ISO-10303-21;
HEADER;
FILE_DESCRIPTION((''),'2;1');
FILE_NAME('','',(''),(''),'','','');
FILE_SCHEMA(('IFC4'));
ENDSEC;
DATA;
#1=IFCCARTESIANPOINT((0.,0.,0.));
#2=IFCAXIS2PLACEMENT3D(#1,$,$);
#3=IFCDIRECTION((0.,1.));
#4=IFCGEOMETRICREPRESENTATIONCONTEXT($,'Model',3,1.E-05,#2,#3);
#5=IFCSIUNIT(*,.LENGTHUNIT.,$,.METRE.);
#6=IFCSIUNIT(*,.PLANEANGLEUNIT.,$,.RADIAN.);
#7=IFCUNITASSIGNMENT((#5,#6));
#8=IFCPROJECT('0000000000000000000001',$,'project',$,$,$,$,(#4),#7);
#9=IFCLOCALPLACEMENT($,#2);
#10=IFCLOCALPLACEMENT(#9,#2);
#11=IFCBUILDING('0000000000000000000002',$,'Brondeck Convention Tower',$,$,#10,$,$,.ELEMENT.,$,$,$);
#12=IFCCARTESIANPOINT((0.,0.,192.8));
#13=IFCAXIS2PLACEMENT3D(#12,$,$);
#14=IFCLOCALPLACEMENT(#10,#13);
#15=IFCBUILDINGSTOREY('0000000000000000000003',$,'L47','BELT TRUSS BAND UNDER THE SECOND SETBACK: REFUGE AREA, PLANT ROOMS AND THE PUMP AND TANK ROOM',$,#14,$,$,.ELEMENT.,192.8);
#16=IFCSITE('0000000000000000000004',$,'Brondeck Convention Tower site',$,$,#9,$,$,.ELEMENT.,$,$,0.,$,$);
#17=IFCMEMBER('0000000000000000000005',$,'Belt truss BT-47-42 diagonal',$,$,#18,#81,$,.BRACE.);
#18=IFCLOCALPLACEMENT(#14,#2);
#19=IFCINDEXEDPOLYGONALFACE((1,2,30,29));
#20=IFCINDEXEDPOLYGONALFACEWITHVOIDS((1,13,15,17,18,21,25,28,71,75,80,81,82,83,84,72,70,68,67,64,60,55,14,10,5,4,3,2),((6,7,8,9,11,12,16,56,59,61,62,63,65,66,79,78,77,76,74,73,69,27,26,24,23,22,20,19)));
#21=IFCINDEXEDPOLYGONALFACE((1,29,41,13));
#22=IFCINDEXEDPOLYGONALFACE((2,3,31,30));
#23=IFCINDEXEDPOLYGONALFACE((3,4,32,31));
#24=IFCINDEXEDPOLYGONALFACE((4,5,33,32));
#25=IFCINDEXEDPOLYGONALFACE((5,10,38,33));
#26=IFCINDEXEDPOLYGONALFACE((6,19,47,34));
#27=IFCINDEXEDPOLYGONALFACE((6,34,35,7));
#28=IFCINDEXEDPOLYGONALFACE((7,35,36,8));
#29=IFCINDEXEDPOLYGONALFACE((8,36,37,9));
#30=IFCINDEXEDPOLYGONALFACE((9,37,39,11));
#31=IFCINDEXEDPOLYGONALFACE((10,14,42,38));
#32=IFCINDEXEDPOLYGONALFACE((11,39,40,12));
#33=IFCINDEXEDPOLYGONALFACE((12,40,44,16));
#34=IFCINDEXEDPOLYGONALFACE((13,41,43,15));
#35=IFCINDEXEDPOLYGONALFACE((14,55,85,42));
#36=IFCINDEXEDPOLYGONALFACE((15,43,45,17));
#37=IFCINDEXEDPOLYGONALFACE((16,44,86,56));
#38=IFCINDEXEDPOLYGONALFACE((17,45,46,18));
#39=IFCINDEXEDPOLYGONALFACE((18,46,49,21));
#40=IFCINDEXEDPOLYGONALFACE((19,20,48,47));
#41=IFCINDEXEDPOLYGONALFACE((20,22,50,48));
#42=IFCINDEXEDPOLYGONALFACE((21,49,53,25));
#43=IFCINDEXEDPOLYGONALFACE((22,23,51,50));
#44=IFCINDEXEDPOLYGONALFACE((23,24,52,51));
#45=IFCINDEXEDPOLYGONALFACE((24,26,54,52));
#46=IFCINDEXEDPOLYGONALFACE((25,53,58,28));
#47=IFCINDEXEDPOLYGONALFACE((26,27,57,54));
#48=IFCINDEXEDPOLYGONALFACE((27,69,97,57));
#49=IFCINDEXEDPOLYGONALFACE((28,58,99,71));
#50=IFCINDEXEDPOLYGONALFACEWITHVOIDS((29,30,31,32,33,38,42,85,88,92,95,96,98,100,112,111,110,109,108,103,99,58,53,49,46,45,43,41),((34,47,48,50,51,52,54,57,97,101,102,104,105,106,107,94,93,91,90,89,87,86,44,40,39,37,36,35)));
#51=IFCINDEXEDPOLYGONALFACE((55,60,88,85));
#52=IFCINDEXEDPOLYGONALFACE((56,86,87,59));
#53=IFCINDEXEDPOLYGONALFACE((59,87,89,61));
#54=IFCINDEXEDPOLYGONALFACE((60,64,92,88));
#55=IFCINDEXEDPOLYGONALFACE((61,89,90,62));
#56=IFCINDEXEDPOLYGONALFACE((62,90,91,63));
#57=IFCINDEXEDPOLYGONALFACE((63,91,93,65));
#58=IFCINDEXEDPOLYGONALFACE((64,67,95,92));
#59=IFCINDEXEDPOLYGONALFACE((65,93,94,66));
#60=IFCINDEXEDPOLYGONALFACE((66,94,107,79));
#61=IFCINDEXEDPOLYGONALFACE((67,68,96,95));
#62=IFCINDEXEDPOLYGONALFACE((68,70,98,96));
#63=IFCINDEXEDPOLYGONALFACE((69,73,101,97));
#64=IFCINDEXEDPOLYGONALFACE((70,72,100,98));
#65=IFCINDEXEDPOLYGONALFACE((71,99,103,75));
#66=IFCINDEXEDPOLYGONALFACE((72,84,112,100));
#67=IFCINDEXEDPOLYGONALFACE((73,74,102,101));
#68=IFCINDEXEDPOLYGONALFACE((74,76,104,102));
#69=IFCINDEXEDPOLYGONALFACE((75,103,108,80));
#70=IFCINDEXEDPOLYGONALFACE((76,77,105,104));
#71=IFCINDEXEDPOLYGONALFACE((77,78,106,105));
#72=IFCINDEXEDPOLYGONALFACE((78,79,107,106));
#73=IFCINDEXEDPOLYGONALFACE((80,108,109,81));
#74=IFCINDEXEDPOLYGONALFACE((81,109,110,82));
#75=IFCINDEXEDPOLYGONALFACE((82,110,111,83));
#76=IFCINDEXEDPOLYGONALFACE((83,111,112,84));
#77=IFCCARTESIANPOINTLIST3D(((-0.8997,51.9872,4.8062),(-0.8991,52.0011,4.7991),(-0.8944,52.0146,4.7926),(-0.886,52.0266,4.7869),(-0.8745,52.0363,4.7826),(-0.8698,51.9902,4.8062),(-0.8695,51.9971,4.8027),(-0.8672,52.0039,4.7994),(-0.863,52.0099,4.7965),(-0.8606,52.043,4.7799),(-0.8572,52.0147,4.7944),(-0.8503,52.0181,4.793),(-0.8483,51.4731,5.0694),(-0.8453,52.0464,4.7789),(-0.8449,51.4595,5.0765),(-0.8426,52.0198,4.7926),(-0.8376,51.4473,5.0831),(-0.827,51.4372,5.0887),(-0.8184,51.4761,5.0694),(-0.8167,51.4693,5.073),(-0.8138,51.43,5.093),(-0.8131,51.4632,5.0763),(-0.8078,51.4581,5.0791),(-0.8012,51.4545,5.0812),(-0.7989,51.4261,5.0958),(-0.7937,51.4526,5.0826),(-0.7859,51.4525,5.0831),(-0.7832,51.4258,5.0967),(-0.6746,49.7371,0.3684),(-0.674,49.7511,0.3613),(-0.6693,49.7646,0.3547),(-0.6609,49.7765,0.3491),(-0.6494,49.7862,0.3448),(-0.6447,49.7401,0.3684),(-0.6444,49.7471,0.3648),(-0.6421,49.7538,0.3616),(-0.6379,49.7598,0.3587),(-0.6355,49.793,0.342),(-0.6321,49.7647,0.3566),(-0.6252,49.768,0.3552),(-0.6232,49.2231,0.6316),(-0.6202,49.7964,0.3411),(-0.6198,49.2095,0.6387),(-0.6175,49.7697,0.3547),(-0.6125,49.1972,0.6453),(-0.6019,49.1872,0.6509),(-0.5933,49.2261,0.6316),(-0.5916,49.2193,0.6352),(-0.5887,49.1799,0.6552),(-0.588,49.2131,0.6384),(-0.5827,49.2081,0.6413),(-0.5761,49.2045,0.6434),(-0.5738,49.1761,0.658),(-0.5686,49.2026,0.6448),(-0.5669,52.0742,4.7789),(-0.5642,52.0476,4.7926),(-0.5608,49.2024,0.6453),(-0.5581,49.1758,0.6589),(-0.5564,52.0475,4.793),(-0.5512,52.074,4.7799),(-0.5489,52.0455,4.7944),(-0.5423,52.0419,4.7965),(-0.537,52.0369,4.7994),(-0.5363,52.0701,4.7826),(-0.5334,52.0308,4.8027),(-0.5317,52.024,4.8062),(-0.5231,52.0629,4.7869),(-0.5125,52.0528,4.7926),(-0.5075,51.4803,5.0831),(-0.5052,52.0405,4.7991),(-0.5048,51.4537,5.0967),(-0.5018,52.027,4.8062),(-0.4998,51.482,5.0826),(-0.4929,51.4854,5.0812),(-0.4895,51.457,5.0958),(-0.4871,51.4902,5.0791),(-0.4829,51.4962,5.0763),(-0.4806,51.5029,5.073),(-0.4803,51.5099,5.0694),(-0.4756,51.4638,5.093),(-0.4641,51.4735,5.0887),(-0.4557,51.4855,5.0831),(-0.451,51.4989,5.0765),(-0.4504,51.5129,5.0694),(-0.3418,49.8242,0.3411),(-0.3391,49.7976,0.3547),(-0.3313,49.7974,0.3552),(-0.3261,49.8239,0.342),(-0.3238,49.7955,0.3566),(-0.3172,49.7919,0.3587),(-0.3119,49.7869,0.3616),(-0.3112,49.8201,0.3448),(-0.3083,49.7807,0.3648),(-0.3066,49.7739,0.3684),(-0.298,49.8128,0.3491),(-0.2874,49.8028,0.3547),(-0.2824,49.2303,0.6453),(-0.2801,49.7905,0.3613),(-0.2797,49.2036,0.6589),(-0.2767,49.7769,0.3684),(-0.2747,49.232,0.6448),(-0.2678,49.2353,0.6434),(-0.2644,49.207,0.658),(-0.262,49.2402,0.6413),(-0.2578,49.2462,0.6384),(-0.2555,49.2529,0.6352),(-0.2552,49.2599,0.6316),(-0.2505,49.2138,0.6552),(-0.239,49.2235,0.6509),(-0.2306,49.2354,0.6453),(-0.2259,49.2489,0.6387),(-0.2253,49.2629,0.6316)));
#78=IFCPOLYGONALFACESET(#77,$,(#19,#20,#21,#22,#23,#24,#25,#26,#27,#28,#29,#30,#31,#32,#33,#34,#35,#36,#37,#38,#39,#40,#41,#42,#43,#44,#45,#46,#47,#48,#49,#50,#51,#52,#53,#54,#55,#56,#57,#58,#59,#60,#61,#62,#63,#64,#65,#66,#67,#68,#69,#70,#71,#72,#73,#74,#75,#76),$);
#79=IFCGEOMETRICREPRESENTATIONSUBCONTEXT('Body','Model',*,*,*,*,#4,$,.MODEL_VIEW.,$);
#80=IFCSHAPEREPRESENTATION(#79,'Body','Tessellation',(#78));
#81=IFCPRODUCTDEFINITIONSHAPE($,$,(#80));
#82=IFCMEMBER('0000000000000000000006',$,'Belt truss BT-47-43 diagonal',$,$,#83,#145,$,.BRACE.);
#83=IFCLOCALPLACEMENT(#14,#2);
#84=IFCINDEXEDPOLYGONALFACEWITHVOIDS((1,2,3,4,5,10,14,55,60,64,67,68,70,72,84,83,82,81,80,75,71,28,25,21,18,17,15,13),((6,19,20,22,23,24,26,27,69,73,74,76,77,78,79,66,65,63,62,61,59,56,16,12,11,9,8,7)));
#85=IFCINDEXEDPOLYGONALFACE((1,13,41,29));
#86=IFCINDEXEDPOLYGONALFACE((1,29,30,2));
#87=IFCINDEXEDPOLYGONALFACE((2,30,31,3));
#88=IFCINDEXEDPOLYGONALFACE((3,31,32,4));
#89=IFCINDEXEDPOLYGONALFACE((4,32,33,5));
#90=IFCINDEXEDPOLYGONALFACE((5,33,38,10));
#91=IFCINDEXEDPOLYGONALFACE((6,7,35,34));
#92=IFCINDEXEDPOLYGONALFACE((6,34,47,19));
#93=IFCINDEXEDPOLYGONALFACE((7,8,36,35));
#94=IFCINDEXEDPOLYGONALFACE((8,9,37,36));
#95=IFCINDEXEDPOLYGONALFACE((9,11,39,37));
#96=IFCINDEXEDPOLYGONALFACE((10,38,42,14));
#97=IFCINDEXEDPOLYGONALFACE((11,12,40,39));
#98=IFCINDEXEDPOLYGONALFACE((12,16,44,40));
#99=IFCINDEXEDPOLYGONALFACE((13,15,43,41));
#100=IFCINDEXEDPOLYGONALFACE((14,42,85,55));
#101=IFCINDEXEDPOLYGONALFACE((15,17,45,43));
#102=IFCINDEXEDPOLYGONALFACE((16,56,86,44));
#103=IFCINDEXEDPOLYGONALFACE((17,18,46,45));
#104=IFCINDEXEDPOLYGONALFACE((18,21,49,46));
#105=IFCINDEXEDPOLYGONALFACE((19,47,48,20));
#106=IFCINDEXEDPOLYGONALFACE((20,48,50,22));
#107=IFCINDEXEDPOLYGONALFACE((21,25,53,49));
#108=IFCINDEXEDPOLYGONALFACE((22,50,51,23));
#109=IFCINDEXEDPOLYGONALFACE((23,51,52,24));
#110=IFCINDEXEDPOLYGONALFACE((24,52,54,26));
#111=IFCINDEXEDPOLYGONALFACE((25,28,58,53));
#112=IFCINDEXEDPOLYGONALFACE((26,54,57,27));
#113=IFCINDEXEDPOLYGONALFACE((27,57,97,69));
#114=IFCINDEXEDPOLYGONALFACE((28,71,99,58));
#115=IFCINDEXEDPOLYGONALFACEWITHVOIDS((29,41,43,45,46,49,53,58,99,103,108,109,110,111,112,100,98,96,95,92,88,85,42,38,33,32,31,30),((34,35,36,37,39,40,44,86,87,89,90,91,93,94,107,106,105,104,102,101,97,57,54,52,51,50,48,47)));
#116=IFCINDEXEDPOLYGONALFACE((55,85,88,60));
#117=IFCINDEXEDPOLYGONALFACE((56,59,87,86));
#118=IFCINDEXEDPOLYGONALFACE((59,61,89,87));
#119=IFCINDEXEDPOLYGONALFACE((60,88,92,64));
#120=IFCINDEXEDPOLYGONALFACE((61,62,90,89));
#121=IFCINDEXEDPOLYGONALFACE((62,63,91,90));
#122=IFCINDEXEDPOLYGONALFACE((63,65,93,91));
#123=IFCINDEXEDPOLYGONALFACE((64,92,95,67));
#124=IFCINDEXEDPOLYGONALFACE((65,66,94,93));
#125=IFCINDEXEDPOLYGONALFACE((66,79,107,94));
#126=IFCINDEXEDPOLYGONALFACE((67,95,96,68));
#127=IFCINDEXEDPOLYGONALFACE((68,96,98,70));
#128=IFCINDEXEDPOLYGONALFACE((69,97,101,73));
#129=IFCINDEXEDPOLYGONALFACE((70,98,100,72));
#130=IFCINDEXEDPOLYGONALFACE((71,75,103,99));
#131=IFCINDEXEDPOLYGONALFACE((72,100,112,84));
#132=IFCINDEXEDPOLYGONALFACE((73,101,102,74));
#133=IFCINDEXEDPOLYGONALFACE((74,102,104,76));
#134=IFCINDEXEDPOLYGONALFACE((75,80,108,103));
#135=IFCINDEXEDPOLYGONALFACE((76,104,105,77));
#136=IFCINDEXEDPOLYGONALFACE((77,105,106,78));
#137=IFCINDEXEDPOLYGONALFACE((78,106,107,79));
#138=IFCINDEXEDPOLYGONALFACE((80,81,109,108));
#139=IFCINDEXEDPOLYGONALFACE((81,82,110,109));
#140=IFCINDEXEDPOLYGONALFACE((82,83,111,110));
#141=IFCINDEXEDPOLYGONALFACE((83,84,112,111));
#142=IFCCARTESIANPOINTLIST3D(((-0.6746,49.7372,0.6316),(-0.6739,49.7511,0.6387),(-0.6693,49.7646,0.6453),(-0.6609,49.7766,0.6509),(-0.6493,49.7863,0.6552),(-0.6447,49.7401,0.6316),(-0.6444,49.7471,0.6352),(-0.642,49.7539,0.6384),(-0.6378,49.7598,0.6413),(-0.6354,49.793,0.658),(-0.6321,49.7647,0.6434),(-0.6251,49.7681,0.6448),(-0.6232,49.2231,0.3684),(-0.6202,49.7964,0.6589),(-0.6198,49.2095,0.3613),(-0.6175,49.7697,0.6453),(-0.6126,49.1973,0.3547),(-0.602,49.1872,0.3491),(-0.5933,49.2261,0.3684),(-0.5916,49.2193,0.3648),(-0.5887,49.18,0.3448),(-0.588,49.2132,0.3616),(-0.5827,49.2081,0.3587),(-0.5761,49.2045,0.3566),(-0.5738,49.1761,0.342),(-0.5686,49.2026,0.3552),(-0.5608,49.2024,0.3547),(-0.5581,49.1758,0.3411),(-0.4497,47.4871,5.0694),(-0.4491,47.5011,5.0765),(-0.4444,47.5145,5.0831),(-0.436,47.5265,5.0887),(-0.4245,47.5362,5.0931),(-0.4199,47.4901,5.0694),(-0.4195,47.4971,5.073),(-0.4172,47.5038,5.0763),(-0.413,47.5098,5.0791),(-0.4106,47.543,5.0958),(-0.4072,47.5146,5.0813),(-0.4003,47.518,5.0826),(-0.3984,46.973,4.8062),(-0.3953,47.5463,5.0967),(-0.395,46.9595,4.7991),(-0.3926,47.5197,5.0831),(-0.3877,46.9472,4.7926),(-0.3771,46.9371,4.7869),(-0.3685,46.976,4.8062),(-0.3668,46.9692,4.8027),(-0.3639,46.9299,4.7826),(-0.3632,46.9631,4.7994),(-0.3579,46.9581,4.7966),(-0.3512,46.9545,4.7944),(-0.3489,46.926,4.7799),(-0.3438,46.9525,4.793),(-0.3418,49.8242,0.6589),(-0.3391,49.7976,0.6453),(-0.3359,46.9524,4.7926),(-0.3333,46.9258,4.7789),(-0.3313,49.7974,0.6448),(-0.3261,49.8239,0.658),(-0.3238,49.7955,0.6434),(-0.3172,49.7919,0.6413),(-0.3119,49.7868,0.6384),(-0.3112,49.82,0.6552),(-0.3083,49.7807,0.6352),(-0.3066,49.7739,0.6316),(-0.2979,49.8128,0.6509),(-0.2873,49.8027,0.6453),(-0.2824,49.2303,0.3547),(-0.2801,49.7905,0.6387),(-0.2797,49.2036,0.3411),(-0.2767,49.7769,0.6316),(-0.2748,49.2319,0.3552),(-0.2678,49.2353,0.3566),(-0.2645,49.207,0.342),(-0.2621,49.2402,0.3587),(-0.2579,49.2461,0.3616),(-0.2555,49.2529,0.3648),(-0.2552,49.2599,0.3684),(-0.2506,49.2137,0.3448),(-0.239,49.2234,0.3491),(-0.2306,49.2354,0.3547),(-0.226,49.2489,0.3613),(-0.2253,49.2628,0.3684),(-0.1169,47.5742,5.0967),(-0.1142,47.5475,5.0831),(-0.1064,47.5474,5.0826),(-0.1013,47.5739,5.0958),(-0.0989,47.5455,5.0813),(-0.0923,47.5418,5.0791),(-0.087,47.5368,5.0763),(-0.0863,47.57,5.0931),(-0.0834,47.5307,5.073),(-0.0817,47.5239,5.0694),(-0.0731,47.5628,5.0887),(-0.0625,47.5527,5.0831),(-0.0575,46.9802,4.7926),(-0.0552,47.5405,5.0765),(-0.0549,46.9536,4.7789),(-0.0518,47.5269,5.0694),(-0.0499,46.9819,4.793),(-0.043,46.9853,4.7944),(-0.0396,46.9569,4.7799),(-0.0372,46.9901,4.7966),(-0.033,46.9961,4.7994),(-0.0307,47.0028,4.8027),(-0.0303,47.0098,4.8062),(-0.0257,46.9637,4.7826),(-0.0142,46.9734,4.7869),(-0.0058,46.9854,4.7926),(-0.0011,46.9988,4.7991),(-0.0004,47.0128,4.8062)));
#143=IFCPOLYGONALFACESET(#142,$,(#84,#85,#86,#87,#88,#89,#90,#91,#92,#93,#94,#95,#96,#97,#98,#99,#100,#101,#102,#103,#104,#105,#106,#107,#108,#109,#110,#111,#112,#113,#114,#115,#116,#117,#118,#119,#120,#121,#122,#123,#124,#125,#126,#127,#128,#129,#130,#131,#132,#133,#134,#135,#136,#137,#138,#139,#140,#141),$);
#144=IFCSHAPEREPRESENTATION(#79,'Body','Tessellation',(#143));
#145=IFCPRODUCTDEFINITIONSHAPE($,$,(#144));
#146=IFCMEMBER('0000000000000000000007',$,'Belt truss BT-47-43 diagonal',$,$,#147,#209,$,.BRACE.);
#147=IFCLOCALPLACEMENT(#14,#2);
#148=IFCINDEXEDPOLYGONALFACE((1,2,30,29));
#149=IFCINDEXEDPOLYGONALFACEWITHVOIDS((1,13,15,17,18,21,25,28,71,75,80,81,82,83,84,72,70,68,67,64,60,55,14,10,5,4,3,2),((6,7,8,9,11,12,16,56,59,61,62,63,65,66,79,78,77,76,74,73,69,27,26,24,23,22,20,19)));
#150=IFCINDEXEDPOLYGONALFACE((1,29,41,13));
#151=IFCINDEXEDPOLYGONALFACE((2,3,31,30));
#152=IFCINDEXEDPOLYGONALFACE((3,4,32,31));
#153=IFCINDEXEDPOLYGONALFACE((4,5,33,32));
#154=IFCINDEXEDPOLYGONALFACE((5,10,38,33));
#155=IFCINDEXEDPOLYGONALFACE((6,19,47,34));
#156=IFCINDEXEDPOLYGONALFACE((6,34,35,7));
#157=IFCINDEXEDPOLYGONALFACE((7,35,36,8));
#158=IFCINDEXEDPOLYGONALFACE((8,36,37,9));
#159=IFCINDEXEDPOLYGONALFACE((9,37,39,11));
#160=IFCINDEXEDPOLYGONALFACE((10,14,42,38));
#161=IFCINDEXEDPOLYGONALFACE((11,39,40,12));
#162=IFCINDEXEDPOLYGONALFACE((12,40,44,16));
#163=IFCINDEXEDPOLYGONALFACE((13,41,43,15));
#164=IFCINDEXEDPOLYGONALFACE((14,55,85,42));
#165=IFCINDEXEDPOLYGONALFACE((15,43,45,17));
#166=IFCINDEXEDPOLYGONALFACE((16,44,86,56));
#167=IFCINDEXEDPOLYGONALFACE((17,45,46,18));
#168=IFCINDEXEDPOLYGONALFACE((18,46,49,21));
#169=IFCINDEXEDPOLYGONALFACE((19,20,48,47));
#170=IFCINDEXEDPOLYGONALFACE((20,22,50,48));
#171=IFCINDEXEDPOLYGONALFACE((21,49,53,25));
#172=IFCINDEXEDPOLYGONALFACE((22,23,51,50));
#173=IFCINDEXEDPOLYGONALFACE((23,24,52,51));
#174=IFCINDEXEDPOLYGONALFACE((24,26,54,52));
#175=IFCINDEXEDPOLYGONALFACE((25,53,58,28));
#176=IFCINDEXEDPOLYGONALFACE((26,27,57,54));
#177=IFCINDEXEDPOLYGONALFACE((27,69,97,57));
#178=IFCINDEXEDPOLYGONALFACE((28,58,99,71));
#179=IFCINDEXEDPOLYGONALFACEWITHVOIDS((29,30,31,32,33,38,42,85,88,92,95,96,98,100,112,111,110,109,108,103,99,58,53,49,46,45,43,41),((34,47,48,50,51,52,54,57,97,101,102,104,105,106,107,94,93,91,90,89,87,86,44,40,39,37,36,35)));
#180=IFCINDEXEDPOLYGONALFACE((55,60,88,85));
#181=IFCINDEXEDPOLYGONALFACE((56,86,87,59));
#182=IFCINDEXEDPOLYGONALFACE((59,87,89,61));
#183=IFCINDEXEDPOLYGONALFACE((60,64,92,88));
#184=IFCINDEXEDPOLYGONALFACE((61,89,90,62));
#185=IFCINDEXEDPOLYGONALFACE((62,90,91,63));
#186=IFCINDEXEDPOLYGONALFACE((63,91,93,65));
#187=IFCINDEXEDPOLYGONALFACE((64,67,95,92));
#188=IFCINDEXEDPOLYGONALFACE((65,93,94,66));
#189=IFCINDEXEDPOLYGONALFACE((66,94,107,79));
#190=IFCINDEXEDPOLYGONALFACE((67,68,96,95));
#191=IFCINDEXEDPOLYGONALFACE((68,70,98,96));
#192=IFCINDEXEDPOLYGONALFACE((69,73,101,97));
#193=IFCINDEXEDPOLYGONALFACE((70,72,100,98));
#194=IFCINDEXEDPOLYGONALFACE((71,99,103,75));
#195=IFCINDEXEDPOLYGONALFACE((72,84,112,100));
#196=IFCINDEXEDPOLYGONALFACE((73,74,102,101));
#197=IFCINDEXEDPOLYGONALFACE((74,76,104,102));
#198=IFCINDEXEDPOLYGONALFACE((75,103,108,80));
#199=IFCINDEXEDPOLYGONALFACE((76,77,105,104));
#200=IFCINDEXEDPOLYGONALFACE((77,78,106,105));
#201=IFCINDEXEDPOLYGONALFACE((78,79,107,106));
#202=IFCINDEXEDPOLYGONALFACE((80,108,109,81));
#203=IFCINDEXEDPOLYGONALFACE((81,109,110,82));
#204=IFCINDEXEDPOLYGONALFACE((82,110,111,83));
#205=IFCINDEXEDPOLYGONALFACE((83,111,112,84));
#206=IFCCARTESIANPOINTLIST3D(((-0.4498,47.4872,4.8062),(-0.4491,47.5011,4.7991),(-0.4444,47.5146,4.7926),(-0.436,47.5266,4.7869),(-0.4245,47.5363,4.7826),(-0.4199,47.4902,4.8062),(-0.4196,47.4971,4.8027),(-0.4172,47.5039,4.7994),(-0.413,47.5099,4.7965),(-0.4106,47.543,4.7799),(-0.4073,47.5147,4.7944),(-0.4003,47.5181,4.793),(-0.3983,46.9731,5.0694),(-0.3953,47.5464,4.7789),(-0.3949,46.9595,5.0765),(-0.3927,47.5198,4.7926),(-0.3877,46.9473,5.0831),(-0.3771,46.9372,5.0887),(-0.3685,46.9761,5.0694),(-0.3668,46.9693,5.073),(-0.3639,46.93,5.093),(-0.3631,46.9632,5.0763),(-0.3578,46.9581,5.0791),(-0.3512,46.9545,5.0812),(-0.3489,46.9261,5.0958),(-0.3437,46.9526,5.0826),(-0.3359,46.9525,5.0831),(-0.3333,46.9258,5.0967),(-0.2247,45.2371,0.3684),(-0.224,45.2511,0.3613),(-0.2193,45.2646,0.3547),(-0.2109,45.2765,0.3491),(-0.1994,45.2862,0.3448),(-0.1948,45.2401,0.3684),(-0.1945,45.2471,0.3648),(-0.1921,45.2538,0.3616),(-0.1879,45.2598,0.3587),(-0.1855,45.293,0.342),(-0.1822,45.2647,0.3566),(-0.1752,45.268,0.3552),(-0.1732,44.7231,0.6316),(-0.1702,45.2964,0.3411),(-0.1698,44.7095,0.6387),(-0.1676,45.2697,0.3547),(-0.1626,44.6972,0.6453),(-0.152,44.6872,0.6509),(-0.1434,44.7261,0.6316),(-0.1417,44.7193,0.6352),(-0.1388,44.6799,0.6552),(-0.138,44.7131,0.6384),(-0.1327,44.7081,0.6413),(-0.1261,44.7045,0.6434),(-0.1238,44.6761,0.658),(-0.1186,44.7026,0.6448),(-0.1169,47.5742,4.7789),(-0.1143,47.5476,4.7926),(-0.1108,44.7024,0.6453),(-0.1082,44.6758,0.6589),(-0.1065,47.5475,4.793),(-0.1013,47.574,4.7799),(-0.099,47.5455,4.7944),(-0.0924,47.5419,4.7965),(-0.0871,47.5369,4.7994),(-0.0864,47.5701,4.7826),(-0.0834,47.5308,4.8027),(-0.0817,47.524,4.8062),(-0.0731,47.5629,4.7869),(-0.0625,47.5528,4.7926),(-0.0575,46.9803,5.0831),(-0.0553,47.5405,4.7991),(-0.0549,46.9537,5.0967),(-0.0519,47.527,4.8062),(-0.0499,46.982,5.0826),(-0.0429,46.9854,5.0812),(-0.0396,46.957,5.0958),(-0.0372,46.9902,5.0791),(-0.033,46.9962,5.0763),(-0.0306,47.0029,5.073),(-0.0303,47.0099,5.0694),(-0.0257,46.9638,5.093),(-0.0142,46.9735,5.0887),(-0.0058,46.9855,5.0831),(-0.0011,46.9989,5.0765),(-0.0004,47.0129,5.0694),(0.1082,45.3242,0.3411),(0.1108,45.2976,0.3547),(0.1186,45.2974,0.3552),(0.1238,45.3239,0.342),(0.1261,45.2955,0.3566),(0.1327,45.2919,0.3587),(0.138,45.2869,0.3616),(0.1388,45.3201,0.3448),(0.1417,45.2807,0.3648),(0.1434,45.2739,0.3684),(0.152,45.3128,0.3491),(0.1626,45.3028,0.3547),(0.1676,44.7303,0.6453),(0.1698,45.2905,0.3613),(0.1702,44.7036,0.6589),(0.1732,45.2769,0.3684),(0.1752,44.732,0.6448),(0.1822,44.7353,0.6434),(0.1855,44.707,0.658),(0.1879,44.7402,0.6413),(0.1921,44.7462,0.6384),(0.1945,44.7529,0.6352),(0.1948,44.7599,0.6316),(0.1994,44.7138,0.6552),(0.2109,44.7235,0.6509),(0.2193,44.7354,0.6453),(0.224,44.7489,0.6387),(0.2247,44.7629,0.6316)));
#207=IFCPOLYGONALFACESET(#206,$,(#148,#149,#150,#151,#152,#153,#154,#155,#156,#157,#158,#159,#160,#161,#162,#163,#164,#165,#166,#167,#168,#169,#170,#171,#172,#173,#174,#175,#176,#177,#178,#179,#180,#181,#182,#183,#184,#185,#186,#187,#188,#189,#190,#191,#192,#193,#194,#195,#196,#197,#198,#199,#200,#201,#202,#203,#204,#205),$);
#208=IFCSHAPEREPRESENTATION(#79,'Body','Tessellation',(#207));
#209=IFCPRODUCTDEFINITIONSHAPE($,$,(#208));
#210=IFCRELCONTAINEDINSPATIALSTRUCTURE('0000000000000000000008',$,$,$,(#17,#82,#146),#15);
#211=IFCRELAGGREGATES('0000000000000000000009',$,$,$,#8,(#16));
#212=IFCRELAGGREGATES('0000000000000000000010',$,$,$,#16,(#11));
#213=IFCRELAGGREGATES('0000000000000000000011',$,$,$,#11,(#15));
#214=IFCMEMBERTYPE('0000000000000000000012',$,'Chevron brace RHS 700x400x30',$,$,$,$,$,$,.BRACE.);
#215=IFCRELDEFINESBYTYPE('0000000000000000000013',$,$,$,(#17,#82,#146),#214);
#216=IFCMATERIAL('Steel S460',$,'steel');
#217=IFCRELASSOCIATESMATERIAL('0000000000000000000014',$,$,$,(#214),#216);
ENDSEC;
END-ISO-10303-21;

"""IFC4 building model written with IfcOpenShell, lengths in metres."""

from ifc_helpers import new_model, si_unit, direction, frame, origin, origin_2d, place, context, subcontext, project, spatial, hollow_rectangle, extrude, material, material_profile, profile_set, type_object, element, save


model = new_model("IFC4")

# Units and contexts
model_context = context("Model", 3, precision=1e-05, world=origin(), true_north=direction((0.0, 1.0)))
body_context = subcontext(model_context, "Body", "Model", "MODEL_VIEW")
ifc_project = project(units=[si_unit("LENGTHUNIT", "METRE"), si_unit("PLANEANGLEUNIT", "RADIAN")], contexts=[model_context])

# Site, building, storey
site_placement = place(None, origin())
site = spatial("IfcSite", under=ifc_project, at=site_placement, Name="Brondeck Convention Tower site", CompositionType="ELEMENT", RefElevation=0.0)
building_placement = place(site_placement, origin())
building = spatial("IfcBuilding", under=site, at=building_placement, Name="Brondeck Convention Tower", CompositionType="ELEMENT")
storey_placement = place(building_placement, frame((0.0, 0.0, 192.8)))
storey = spatial("IfcBuildingStorey", under=building, at=storey_placement, Name="L47", Description="BELT TRUSS BAND UNDER THE SECOND SETBACK: REFUGE AREA, PLANT ROOMS AND THE PUMP AND TANK ROOM", CompositionType="ELEMENT", Elevation=192.8)

# Members
ifc_material_1 = material(Name="Steel S460", Category="steel")
ifc_material_profile_1 = material_profile(ifc_material_1, hollow_rectangle(XDim=0.3999, YDim=0.7, WallThickness=0.03, InnerFilletRadius=0.03, OuterFilletRadius=0.0601, at=origin_2d()), Name="RHS 700x400x30")
ifc_profile_set_1 = profile_set([ifc_material_profile_1], Name="Steel S460")
member_type_1 = type_object("IfcMemberType", Name="Chevron brace RHS 700x400x30", PredefinedType="BRACE", material=ifc_profile_set_1)
for number, where, z_axis, x_axis, name in (
    (1, (-0.45, 49.5, 0.5), (-0.045195, 0.451749, 0.890999), (-0.995033, -0.099546, 0.0), "Belt truss BT-47-42 diagonal"),
    (2, (-0.45, 49.5, 0.5), (0.045146, -0.45175, 0.891001), (0.995044, 0.09944, 0.0), "Belt truss BT-47-43 diagonal"),
    (3, (0.0, 45.0, 0.5), (-0.045195, 0.451749, 0.890999), (-0.995033, -0.099546, 0.0), "Belt truss BT-47-43 diagonal"),
):
    element("IfcMember", number, at=place(storey_placement, frame(where, z_axis=z_axis, x_axis=x_axis)), inside=storey, type_object=member_type_1, Name=name, PredefinedType="BRACE", context=body_context, shape_type="SweptSolid", body=[
        extrude(hollow_rectangle(XDim=0.3999, YDim=0.7, WallThickness=0.03, InnerFilletRadius=0.03, OuterFilletRadius=0.0601, at=origin_2d()), origin(), (0.0, 0.0, 1.0), 4.9807),
    ])

save(model, "model.ifc")
